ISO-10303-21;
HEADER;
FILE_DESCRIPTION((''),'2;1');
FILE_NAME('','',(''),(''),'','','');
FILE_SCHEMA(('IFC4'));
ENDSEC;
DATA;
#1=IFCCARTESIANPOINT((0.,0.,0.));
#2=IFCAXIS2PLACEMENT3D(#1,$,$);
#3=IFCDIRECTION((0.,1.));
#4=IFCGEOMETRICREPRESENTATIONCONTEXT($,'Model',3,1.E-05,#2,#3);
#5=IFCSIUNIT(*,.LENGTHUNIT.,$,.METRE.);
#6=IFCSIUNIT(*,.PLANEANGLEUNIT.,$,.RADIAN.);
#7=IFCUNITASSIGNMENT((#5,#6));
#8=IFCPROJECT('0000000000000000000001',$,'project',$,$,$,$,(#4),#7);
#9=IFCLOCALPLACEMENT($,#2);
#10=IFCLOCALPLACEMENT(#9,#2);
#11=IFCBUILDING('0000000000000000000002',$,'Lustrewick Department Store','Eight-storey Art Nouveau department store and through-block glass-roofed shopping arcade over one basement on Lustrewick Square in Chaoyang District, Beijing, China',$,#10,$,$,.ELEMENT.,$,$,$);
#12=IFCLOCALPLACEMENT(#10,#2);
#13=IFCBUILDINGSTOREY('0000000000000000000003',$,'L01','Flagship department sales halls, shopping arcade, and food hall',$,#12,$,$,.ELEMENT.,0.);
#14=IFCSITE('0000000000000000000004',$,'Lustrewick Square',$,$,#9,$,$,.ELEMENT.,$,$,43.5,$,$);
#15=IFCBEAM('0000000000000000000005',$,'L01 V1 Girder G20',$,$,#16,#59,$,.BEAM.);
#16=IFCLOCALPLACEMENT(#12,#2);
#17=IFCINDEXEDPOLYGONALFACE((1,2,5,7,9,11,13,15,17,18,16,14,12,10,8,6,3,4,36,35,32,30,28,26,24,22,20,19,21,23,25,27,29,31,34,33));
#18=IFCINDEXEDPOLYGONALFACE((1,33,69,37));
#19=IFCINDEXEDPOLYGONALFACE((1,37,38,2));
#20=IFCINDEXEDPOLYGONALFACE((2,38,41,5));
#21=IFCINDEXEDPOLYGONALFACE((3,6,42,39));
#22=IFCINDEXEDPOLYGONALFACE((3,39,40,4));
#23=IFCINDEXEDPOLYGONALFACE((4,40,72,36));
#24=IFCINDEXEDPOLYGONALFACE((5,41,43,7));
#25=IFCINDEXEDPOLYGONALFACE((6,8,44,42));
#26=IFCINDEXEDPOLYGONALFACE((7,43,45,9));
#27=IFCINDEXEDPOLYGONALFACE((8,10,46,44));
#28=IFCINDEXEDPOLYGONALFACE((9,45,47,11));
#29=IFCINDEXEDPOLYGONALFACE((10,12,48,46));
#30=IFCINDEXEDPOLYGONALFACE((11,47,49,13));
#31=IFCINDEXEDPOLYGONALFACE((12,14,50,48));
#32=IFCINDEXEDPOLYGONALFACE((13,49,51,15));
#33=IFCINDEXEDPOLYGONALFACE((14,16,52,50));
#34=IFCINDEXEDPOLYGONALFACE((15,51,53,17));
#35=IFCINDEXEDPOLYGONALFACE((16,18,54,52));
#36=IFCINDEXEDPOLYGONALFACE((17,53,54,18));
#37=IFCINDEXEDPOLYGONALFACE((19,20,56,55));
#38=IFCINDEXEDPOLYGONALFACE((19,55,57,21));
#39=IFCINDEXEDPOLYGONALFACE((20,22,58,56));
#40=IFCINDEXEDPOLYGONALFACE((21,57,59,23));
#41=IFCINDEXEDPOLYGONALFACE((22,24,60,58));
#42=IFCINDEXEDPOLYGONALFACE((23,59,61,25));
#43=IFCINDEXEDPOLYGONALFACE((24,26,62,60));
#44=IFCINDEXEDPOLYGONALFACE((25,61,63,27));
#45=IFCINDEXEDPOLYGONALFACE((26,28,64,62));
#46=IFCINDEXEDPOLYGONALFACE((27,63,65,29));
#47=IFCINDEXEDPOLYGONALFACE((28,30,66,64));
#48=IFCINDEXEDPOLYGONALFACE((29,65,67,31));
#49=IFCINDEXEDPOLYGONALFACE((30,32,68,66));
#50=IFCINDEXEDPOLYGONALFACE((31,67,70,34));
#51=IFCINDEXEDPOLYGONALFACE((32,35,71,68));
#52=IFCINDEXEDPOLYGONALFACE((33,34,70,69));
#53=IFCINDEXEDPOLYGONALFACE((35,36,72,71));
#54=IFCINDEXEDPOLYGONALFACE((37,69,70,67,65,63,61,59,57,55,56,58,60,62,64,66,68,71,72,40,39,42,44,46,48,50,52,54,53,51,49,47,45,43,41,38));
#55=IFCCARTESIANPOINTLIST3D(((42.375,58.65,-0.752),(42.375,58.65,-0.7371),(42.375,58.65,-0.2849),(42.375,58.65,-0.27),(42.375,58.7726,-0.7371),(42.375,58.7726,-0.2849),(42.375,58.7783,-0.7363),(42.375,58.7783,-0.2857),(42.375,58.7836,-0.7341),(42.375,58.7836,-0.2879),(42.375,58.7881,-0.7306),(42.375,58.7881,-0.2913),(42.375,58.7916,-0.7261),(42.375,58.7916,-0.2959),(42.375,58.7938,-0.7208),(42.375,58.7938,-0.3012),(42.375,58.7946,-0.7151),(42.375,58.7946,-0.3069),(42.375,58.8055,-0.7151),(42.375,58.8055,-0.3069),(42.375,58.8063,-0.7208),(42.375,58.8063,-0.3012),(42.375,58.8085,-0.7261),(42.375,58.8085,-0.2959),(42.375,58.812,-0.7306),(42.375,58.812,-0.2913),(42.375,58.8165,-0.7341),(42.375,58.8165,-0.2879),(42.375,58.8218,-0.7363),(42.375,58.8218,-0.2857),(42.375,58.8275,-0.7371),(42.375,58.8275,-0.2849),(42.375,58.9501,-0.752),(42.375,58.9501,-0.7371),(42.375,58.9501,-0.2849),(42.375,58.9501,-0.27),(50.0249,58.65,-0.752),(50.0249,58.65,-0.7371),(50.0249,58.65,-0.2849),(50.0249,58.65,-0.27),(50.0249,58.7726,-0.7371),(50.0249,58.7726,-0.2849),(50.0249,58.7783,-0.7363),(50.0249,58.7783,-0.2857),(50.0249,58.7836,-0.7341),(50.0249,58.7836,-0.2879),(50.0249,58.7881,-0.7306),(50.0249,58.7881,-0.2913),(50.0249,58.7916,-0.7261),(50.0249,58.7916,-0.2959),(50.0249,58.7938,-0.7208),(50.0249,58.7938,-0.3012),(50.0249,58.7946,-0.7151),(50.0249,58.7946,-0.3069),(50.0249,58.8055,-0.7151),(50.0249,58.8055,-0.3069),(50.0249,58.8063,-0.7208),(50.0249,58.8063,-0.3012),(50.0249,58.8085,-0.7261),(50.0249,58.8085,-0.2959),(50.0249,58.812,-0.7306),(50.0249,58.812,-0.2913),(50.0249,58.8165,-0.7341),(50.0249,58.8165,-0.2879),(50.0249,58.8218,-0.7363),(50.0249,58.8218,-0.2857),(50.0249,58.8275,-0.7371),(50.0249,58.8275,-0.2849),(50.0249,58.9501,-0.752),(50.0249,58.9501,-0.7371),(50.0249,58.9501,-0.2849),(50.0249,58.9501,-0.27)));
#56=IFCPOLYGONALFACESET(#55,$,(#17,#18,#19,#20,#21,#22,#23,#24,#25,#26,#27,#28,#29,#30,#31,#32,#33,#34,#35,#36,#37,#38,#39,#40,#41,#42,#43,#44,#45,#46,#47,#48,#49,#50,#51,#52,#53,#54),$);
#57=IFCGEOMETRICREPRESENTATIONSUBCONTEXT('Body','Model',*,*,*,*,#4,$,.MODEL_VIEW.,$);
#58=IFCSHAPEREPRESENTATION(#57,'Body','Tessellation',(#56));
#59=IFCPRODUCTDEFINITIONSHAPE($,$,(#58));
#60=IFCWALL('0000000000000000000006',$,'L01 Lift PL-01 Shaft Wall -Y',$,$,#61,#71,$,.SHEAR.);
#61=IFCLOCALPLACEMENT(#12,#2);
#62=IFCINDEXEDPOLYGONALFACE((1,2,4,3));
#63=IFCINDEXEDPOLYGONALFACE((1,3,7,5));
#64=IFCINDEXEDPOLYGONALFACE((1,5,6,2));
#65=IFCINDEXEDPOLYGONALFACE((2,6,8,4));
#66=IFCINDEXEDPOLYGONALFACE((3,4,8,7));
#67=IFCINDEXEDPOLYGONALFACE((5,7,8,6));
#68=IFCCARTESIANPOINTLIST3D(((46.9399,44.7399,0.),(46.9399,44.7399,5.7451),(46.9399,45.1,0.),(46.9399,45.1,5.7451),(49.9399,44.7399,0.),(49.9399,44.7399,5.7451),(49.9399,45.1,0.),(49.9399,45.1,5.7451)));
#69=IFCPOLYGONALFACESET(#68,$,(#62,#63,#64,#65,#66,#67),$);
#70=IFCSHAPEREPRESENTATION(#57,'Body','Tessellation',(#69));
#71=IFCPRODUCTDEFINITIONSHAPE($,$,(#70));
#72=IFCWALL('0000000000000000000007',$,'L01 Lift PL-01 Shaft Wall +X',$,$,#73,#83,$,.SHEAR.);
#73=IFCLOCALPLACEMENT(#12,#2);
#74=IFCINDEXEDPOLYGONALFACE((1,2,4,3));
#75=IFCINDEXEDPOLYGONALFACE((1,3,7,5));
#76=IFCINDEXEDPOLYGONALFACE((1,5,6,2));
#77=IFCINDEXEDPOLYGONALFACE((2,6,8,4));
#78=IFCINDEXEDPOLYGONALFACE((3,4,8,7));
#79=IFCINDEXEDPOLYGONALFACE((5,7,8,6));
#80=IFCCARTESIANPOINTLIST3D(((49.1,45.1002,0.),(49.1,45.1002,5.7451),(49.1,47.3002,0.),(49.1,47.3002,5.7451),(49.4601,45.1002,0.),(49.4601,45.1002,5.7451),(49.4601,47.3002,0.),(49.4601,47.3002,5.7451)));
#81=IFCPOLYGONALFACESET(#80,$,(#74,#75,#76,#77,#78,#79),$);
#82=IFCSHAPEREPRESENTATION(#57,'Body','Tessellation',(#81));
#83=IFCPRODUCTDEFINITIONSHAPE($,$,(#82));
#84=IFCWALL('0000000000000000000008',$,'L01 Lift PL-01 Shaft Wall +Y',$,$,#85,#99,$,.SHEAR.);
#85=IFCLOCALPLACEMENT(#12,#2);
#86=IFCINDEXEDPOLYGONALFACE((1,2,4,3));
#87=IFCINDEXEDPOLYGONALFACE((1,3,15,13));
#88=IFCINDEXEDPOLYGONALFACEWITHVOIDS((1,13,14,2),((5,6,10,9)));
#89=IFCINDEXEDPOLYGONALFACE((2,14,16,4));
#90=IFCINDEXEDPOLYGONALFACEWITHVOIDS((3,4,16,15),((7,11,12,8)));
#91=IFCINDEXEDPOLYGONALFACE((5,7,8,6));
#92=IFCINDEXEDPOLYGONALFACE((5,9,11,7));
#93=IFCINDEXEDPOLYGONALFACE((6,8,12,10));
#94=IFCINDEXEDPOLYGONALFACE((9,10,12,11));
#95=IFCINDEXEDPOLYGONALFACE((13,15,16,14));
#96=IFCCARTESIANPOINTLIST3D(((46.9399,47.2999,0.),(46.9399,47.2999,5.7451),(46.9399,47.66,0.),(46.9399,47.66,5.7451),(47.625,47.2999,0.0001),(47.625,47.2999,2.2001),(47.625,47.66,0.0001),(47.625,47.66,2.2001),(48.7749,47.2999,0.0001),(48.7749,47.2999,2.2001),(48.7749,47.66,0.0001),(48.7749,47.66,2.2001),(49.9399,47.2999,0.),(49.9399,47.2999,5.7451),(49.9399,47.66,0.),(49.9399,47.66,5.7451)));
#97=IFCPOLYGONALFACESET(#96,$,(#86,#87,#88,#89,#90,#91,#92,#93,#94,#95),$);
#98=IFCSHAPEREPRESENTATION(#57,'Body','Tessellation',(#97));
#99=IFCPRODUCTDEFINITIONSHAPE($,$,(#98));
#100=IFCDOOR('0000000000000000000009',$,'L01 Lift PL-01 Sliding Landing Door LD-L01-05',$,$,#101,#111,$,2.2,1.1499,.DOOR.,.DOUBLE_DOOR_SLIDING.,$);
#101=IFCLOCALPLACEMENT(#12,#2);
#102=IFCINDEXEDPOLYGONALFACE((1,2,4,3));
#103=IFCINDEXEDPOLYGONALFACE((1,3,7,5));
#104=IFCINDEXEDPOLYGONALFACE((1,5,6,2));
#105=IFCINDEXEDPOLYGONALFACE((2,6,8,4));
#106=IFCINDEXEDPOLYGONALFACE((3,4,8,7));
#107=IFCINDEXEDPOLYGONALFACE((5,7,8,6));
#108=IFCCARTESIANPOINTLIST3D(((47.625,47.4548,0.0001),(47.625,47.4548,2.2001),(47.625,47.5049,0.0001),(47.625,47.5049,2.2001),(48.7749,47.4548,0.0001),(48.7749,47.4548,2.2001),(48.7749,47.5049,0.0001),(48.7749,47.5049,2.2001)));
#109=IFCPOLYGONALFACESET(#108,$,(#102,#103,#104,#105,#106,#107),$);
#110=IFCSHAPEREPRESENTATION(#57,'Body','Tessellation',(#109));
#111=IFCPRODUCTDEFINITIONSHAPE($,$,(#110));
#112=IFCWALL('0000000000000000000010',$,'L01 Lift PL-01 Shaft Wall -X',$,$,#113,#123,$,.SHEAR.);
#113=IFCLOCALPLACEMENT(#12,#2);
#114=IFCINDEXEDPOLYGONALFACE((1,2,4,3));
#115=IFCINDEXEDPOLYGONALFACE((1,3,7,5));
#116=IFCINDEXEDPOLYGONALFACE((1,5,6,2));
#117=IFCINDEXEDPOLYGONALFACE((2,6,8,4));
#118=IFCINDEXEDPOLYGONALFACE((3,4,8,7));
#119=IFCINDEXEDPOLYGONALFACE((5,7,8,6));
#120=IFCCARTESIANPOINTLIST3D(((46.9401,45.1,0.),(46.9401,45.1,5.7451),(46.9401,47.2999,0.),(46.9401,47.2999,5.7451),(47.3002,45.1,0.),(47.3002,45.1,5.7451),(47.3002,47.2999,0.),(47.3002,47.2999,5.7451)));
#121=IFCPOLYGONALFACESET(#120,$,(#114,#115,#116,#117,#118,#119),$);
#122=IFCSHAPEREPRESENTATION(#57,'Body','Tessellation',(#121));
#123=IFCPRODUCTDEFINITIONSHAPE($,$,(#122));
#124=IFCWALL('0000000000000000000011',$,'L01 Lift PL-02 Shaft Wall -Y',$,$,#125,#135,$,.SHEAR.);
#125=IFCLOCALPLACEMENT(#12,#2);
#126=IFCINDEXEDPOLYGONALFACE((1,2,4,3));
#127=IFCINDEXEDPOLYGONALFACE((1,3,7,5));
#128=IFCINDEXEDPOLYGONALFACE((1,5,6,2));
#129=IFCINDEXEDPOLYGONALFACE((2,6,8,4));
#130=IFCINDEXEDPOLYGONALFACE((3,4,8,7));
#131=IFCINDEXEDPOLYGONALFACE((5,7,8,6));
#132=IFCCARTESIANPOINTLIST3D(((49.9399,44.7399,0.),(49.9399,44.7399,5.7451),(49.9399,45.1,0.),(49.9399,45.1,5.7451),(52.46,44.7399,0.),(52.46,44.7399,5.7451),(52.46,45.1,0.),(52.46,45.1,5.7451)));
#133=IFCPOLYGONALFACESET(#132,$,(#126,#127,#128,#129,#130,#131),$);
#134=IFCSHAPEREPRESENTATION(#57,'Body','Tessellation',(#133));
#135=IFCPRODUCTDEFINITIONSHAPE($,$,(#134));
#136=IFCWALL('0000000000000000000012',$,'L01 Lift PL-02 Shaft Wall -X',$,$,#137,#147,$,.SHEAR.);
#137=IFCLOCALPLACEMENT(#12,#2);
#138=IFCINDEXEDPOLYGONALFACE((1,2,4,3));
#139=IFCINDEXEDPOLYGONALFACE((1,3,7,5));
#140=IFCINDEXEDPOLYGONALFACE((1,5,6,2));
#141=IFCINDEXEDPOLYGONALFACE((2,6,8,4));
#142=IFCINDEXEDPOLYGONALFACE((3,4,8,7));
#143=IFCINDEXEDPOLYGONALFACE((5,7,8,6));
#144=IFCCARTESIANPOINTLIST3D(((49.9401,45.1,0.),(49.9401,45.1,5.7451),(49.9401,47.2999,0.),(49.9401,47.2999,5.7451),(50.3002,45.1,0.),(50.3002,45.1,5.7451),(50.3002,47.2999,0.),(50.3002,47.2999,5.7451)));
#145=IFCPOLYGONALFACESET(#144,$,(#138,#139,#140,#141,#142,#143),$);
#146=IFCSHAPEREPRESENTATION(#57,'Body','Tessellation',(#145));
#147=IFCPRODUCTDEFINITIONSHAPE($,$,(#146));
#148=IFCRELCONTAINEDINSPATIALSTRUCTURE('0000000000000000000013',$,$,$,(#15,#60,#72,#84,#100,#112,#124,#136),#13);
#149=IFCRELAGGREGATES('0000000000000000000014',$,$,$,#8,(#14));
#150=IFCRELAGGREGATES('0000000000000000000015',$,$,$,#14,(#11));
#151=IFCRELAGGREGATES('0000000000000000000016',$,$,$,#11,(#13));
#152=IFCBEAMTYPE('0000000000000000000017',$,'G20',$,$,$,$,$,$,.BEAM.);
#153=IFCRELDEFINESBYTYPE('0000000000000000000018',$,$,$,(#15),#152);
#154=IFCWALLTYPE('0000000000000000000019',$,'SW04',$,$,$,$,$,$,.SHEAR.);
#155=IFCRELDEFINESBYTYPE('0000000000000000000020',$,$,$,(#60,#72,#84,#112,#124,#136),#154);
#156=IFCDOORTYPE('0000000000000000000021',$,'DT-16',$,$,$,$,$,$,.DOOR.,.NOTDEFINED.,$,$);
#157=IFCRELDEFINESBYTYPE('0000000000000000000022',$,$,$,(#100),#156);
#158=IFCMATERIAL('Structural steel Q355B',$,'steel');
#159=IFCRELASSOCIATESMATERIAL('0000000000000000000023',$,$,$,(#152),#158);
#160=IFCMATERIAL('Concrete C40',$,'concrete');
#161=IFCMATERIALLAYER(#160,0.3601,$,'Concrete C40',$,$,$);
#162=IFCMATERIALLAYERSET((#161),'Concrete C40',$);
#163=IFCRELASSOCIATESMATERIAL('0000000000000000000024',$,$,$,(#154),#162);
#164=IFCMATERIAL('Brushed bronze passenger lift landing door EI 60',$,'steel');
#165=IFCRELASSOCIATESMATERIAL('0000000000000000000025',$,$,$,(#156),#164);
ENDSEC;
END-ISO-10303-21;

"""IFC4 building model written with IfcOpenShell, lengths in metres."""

from ifc_helpers import new_model, si_unit, direction, frame, frame_2d, origin, origin_2d, place, context, subcontext, project, spatial, rectangle, i_section, extrude, material, layer, layer_set, material_profile, profile_set, type_object, element, fill, save


model = new_model("IFC4")

# Units and contexts
model_context = context("Model", 3, precision=1e-05, world=origin(), true_north=direction((0.0, 1.0)))
body_context = subcontext(model_context, "Body", "Model", "MODEL_VIEW")
ifc_project = project(units=[si_unit("LENGTHUNIT", "METRE"), si_unit("PLANEANGLEUNIT", "RADIAN")], contexts=[model_context])

# Site, building, storey
site_placement = place(None, origin())
site = spatial("IfcSite", under=ifc_project, at=site_placement, Name="Lustrewick Square", CompositionType="ELEMENT", RefElevation=43.5)
building_placement = place(site_placement, origin())
building = spatial("IfcBuilding", under=site, at=building_placement, Name="Lustrewick Department Store", Description="Eight-storey Art Nouveau department store and through-block glass-roofed shopping arcade over one basement on Lustrewick Square in Chaoyang District, Beijing, China", CompositionType="ELEMENT")
storey_placement = place(building_placement, origin())
storey = spatial("IfcBuildingStorey", under=building, at=storey_placement, Name="L01", Description="Flagship department sales halls, shopping arcade, and food hall", CompositionType="ELEMENT", Elevation=0.0)

# Shared definitions
ifc_material_1 = material(Name="Concrete C40", Category="concrete")

# Beam
ifc_material_2 = material(Name="Structural steel Q355B", Category="steel")
ifc_material_profile_1 = material_profile(ifc_material_2, i_section(OverallWidth=0.3, OverallDepth=0.4819, WebThickness=0.011, FlangeThickness=0.0149, FilletRadius=0.022, at=origin_2d()), Name="HM 482x300x11x15")
ifc_profile_set_1 = profile_set([ifc_material_profile_1], Name="Structural steel Q355B")
beam_type_1 = type_object("IfcBeamType", Name="G20", PredefinedType="BEAM", material=ifc_profile_set_1)
beam_1_placement = place(storey_placement, frame((42.375, 58.8, -0.511), z_axis=(1.0, 0.0, 0.0), x_axis=(0.0, 1.0, 0.0)))
element("IfcBeam", 1, at=beam_1_placement, inside=storey, type_object=beam_type_1, Name="L01 V1 Girder G20", PredefinedType="BEAM", context=body_context, shape_type="SweptSolid", body=[
    extrude(i_section(OverallWidth=0.3, OverallDepth=0.4819, WebThickness=0.011, FlangeThickness=0.0149, FilletRadius=0.022, at=origin_2d()), origin(), (0.0, 0.0, 1.0), 7.6499),
])

# Walls
ifc_layer = layer(ifc_material_1, 0.3601, Name="Concrete C40")
ifc_layer_set = layer_set([ifc_layer], Name="Concrete C40")
wall_type = type_object("IfcWallType", Name="SW04", PredefinedType="SHEAR", material=ifc_layer_set)
wall_1_placement = place(storey_placement, frame((46.9399, 44.9199, 0.0), z_axis=(0.0, 0.0, 1.0), x_axis=(1.0, 0.0, 0.0)))
element("IfcWall", 2, at=wall_1_placement, inside=storey, type_object=wall_type, Name="L01 Lift PL-01 Shaft Wall -Y", PredefinedType="SHEAR", context=body_context, shape_type="SweptSolid", body=[
    extrude(rectangle(XDim=3.0, YDim=0.3601, at=frame_2d((1.5, 0.0))), origin(), (0.0, 0.0, 1.0), 5.7451),
])
wall_2_placement = place(storey_placement, frame((49.28, 45.1001, 0.0), z_axis=(0.0, 0.0, 1.0), x_axis=(0.0, 1.0, 0.0)))
element("IfcWall", 3, at=wall_2_placement, inside=storey, type_object=wall_type, Name="L01 Lift PL-01 Shaft Wall +X", PredefinedType="SHEAR", context=body_context, shape_type="SweptSolid", body=[
    extrude(rectangle(XDim=2.2, YDim=0.3601, at=frame_2d((1.1001, 0.0))), origin(), (0.0, 0.0, 1.0), 5.7451),
])

# Wall, opening, door
wall_3_placement = place(storey_placement, frame((49.9399, 47.48, 0.0), z_axis=(0.0, 0.0, 1.0), x_axis=(-1.0, 0.0, 0.0)))
wall_3 = element("IfcWall", 4, at=wall_3_placement, inside=storey, type_object=wall_type, Name="L01 Lift PL-01 Shaft Wall +Y", PredefinedType="SHEAR", context=body_context, shape_type="SweptSolid", body=[
    extrude(rectangle(XDim=3.0, YDim=0.3601, at=frame_2d((1.5, 0.0))), origin(), (0.0, 0.0, 1.0), 5.7451),
])
opening_placement = place(wall_3_placement, frame((1.165, 0.0, 0.0)))
opening = element("IfcOpeningElement", 5, at=opening_placement, cuts=wall_3, PredefinedType="OPENING", context=body_context, shape_type="SweptSolid", body=[
    extrude(rectangle(XDim=1.1499, YDim=2.2, at=frame_2d((0.575, 1.1001))), frame((0.0, 0.1899, 0.0), z_axis=(0.0, -1.0, 0.0), x_axis=(1.0, 0.0, 0.0)), (0.0, 0.0, 1.0), 0.3801),
])
ifc_material_3 = material(Name="Brushed bronze passenger lift landing door EI 60", Category="steel")
door_type = type_object("IfcDoorType", Name="DT-16", OperationType="NOTDEFINED", PredefinedType="DOOR", material=ifc_material_3)
door_placement = place(opening_placement, frame((1.1499, 0.0, 0.0), z_axis=(0.0, 0.0, 1.0), x_axis=(-1.0, 0.0, 0.0)))
door = element("IfcDoor", 6, at=door_placement, inside=storey, type_object=door_type, Name="L01 Lift PL-01 Sliding Landing Door LD-L01-05", OperationType="DOUBLE_DOOR_SLIDING", OverallHeight=2.2, OverallWidth=1.1499, PredefinedType="DOOR", context=body_context, shape_type="SweptSolid", body=[
    extrude(rectangle(XDim=1.1499, YDim=2.2, at=frame_2d((0.575, 1.1001))), frame((0.0, 0.0249, 0.0), z_axis=(0.0, -1.0, 0.0), x_axis=(1.0, 0.0, 0.0)), (0.0, 0.0, 1.0), 0.05),
])
fill(opening, door)

# Walls
wall_4_placement = place(storey_placement, frame((47.1201, 47.3, 0.0), z_axis=(0.0, 0.0, 1.0), x_axis=(0.0, -1.0, 0.0)))
element("IfcWall", 7, at=wall_4_placement, inside=storey, type_object=wall_type, Name="L01 Lift PL-01 Shaft Wall -X", PredefinedType="SHEAR", context=body_context, shape_type="SweptSolid", body=[
    extrude(rectangle(XDim=2.2, YDim=0.3601, at=frame_2d((1.1001, 0.0))), origin(), (0.0, 0.0, 1.0), 5.7451),
])
wall_5_placement = place(storey_placement, frame((49.9399, 44.9199, 0.0), z_axis=(0.0, 0.0, 1.0), x_axis=(1.0, 0.0, 0.0)))
element("IfcWall", 8, at=wall_5_placement, inside=storey, type_object=wall_type, Name="L01 Lift PL-02 Shaft Wall -Y", PredefinedType="SHEAR", context=body_context, shape_type="SweptSolid", body=[
    extrude(rectangle(XDim=2.52, YDim=0.3601, at=frame_2d((1.26, 0.0))), origin(), (0.0, 0.0, 1.0), 5.7451),
])
wall_6_placement = place(storey_placement, frame((50.1201, 47.3, 0.0), z_axis=(0.0, 0.0, 1.0), x_axis=(0.0, -1.0, 0.0)))
element("IfcWall", 9, at=wall_6_placement, inside=storey, type_object=wall_type, Name="L01 Lift PL-02 Shaft Wall -X", PredefinedType="SHEAR", context=body_context, shape_type="SweptSolid", body=[
    extrude(rectangle(XDim=2.2, YDim=0.3601, at=frame_2d((1.1001, 0.0))), origin(), (0.0, 0.0, 1.0), 5.7451),
])

save(model, "model.ifc")
